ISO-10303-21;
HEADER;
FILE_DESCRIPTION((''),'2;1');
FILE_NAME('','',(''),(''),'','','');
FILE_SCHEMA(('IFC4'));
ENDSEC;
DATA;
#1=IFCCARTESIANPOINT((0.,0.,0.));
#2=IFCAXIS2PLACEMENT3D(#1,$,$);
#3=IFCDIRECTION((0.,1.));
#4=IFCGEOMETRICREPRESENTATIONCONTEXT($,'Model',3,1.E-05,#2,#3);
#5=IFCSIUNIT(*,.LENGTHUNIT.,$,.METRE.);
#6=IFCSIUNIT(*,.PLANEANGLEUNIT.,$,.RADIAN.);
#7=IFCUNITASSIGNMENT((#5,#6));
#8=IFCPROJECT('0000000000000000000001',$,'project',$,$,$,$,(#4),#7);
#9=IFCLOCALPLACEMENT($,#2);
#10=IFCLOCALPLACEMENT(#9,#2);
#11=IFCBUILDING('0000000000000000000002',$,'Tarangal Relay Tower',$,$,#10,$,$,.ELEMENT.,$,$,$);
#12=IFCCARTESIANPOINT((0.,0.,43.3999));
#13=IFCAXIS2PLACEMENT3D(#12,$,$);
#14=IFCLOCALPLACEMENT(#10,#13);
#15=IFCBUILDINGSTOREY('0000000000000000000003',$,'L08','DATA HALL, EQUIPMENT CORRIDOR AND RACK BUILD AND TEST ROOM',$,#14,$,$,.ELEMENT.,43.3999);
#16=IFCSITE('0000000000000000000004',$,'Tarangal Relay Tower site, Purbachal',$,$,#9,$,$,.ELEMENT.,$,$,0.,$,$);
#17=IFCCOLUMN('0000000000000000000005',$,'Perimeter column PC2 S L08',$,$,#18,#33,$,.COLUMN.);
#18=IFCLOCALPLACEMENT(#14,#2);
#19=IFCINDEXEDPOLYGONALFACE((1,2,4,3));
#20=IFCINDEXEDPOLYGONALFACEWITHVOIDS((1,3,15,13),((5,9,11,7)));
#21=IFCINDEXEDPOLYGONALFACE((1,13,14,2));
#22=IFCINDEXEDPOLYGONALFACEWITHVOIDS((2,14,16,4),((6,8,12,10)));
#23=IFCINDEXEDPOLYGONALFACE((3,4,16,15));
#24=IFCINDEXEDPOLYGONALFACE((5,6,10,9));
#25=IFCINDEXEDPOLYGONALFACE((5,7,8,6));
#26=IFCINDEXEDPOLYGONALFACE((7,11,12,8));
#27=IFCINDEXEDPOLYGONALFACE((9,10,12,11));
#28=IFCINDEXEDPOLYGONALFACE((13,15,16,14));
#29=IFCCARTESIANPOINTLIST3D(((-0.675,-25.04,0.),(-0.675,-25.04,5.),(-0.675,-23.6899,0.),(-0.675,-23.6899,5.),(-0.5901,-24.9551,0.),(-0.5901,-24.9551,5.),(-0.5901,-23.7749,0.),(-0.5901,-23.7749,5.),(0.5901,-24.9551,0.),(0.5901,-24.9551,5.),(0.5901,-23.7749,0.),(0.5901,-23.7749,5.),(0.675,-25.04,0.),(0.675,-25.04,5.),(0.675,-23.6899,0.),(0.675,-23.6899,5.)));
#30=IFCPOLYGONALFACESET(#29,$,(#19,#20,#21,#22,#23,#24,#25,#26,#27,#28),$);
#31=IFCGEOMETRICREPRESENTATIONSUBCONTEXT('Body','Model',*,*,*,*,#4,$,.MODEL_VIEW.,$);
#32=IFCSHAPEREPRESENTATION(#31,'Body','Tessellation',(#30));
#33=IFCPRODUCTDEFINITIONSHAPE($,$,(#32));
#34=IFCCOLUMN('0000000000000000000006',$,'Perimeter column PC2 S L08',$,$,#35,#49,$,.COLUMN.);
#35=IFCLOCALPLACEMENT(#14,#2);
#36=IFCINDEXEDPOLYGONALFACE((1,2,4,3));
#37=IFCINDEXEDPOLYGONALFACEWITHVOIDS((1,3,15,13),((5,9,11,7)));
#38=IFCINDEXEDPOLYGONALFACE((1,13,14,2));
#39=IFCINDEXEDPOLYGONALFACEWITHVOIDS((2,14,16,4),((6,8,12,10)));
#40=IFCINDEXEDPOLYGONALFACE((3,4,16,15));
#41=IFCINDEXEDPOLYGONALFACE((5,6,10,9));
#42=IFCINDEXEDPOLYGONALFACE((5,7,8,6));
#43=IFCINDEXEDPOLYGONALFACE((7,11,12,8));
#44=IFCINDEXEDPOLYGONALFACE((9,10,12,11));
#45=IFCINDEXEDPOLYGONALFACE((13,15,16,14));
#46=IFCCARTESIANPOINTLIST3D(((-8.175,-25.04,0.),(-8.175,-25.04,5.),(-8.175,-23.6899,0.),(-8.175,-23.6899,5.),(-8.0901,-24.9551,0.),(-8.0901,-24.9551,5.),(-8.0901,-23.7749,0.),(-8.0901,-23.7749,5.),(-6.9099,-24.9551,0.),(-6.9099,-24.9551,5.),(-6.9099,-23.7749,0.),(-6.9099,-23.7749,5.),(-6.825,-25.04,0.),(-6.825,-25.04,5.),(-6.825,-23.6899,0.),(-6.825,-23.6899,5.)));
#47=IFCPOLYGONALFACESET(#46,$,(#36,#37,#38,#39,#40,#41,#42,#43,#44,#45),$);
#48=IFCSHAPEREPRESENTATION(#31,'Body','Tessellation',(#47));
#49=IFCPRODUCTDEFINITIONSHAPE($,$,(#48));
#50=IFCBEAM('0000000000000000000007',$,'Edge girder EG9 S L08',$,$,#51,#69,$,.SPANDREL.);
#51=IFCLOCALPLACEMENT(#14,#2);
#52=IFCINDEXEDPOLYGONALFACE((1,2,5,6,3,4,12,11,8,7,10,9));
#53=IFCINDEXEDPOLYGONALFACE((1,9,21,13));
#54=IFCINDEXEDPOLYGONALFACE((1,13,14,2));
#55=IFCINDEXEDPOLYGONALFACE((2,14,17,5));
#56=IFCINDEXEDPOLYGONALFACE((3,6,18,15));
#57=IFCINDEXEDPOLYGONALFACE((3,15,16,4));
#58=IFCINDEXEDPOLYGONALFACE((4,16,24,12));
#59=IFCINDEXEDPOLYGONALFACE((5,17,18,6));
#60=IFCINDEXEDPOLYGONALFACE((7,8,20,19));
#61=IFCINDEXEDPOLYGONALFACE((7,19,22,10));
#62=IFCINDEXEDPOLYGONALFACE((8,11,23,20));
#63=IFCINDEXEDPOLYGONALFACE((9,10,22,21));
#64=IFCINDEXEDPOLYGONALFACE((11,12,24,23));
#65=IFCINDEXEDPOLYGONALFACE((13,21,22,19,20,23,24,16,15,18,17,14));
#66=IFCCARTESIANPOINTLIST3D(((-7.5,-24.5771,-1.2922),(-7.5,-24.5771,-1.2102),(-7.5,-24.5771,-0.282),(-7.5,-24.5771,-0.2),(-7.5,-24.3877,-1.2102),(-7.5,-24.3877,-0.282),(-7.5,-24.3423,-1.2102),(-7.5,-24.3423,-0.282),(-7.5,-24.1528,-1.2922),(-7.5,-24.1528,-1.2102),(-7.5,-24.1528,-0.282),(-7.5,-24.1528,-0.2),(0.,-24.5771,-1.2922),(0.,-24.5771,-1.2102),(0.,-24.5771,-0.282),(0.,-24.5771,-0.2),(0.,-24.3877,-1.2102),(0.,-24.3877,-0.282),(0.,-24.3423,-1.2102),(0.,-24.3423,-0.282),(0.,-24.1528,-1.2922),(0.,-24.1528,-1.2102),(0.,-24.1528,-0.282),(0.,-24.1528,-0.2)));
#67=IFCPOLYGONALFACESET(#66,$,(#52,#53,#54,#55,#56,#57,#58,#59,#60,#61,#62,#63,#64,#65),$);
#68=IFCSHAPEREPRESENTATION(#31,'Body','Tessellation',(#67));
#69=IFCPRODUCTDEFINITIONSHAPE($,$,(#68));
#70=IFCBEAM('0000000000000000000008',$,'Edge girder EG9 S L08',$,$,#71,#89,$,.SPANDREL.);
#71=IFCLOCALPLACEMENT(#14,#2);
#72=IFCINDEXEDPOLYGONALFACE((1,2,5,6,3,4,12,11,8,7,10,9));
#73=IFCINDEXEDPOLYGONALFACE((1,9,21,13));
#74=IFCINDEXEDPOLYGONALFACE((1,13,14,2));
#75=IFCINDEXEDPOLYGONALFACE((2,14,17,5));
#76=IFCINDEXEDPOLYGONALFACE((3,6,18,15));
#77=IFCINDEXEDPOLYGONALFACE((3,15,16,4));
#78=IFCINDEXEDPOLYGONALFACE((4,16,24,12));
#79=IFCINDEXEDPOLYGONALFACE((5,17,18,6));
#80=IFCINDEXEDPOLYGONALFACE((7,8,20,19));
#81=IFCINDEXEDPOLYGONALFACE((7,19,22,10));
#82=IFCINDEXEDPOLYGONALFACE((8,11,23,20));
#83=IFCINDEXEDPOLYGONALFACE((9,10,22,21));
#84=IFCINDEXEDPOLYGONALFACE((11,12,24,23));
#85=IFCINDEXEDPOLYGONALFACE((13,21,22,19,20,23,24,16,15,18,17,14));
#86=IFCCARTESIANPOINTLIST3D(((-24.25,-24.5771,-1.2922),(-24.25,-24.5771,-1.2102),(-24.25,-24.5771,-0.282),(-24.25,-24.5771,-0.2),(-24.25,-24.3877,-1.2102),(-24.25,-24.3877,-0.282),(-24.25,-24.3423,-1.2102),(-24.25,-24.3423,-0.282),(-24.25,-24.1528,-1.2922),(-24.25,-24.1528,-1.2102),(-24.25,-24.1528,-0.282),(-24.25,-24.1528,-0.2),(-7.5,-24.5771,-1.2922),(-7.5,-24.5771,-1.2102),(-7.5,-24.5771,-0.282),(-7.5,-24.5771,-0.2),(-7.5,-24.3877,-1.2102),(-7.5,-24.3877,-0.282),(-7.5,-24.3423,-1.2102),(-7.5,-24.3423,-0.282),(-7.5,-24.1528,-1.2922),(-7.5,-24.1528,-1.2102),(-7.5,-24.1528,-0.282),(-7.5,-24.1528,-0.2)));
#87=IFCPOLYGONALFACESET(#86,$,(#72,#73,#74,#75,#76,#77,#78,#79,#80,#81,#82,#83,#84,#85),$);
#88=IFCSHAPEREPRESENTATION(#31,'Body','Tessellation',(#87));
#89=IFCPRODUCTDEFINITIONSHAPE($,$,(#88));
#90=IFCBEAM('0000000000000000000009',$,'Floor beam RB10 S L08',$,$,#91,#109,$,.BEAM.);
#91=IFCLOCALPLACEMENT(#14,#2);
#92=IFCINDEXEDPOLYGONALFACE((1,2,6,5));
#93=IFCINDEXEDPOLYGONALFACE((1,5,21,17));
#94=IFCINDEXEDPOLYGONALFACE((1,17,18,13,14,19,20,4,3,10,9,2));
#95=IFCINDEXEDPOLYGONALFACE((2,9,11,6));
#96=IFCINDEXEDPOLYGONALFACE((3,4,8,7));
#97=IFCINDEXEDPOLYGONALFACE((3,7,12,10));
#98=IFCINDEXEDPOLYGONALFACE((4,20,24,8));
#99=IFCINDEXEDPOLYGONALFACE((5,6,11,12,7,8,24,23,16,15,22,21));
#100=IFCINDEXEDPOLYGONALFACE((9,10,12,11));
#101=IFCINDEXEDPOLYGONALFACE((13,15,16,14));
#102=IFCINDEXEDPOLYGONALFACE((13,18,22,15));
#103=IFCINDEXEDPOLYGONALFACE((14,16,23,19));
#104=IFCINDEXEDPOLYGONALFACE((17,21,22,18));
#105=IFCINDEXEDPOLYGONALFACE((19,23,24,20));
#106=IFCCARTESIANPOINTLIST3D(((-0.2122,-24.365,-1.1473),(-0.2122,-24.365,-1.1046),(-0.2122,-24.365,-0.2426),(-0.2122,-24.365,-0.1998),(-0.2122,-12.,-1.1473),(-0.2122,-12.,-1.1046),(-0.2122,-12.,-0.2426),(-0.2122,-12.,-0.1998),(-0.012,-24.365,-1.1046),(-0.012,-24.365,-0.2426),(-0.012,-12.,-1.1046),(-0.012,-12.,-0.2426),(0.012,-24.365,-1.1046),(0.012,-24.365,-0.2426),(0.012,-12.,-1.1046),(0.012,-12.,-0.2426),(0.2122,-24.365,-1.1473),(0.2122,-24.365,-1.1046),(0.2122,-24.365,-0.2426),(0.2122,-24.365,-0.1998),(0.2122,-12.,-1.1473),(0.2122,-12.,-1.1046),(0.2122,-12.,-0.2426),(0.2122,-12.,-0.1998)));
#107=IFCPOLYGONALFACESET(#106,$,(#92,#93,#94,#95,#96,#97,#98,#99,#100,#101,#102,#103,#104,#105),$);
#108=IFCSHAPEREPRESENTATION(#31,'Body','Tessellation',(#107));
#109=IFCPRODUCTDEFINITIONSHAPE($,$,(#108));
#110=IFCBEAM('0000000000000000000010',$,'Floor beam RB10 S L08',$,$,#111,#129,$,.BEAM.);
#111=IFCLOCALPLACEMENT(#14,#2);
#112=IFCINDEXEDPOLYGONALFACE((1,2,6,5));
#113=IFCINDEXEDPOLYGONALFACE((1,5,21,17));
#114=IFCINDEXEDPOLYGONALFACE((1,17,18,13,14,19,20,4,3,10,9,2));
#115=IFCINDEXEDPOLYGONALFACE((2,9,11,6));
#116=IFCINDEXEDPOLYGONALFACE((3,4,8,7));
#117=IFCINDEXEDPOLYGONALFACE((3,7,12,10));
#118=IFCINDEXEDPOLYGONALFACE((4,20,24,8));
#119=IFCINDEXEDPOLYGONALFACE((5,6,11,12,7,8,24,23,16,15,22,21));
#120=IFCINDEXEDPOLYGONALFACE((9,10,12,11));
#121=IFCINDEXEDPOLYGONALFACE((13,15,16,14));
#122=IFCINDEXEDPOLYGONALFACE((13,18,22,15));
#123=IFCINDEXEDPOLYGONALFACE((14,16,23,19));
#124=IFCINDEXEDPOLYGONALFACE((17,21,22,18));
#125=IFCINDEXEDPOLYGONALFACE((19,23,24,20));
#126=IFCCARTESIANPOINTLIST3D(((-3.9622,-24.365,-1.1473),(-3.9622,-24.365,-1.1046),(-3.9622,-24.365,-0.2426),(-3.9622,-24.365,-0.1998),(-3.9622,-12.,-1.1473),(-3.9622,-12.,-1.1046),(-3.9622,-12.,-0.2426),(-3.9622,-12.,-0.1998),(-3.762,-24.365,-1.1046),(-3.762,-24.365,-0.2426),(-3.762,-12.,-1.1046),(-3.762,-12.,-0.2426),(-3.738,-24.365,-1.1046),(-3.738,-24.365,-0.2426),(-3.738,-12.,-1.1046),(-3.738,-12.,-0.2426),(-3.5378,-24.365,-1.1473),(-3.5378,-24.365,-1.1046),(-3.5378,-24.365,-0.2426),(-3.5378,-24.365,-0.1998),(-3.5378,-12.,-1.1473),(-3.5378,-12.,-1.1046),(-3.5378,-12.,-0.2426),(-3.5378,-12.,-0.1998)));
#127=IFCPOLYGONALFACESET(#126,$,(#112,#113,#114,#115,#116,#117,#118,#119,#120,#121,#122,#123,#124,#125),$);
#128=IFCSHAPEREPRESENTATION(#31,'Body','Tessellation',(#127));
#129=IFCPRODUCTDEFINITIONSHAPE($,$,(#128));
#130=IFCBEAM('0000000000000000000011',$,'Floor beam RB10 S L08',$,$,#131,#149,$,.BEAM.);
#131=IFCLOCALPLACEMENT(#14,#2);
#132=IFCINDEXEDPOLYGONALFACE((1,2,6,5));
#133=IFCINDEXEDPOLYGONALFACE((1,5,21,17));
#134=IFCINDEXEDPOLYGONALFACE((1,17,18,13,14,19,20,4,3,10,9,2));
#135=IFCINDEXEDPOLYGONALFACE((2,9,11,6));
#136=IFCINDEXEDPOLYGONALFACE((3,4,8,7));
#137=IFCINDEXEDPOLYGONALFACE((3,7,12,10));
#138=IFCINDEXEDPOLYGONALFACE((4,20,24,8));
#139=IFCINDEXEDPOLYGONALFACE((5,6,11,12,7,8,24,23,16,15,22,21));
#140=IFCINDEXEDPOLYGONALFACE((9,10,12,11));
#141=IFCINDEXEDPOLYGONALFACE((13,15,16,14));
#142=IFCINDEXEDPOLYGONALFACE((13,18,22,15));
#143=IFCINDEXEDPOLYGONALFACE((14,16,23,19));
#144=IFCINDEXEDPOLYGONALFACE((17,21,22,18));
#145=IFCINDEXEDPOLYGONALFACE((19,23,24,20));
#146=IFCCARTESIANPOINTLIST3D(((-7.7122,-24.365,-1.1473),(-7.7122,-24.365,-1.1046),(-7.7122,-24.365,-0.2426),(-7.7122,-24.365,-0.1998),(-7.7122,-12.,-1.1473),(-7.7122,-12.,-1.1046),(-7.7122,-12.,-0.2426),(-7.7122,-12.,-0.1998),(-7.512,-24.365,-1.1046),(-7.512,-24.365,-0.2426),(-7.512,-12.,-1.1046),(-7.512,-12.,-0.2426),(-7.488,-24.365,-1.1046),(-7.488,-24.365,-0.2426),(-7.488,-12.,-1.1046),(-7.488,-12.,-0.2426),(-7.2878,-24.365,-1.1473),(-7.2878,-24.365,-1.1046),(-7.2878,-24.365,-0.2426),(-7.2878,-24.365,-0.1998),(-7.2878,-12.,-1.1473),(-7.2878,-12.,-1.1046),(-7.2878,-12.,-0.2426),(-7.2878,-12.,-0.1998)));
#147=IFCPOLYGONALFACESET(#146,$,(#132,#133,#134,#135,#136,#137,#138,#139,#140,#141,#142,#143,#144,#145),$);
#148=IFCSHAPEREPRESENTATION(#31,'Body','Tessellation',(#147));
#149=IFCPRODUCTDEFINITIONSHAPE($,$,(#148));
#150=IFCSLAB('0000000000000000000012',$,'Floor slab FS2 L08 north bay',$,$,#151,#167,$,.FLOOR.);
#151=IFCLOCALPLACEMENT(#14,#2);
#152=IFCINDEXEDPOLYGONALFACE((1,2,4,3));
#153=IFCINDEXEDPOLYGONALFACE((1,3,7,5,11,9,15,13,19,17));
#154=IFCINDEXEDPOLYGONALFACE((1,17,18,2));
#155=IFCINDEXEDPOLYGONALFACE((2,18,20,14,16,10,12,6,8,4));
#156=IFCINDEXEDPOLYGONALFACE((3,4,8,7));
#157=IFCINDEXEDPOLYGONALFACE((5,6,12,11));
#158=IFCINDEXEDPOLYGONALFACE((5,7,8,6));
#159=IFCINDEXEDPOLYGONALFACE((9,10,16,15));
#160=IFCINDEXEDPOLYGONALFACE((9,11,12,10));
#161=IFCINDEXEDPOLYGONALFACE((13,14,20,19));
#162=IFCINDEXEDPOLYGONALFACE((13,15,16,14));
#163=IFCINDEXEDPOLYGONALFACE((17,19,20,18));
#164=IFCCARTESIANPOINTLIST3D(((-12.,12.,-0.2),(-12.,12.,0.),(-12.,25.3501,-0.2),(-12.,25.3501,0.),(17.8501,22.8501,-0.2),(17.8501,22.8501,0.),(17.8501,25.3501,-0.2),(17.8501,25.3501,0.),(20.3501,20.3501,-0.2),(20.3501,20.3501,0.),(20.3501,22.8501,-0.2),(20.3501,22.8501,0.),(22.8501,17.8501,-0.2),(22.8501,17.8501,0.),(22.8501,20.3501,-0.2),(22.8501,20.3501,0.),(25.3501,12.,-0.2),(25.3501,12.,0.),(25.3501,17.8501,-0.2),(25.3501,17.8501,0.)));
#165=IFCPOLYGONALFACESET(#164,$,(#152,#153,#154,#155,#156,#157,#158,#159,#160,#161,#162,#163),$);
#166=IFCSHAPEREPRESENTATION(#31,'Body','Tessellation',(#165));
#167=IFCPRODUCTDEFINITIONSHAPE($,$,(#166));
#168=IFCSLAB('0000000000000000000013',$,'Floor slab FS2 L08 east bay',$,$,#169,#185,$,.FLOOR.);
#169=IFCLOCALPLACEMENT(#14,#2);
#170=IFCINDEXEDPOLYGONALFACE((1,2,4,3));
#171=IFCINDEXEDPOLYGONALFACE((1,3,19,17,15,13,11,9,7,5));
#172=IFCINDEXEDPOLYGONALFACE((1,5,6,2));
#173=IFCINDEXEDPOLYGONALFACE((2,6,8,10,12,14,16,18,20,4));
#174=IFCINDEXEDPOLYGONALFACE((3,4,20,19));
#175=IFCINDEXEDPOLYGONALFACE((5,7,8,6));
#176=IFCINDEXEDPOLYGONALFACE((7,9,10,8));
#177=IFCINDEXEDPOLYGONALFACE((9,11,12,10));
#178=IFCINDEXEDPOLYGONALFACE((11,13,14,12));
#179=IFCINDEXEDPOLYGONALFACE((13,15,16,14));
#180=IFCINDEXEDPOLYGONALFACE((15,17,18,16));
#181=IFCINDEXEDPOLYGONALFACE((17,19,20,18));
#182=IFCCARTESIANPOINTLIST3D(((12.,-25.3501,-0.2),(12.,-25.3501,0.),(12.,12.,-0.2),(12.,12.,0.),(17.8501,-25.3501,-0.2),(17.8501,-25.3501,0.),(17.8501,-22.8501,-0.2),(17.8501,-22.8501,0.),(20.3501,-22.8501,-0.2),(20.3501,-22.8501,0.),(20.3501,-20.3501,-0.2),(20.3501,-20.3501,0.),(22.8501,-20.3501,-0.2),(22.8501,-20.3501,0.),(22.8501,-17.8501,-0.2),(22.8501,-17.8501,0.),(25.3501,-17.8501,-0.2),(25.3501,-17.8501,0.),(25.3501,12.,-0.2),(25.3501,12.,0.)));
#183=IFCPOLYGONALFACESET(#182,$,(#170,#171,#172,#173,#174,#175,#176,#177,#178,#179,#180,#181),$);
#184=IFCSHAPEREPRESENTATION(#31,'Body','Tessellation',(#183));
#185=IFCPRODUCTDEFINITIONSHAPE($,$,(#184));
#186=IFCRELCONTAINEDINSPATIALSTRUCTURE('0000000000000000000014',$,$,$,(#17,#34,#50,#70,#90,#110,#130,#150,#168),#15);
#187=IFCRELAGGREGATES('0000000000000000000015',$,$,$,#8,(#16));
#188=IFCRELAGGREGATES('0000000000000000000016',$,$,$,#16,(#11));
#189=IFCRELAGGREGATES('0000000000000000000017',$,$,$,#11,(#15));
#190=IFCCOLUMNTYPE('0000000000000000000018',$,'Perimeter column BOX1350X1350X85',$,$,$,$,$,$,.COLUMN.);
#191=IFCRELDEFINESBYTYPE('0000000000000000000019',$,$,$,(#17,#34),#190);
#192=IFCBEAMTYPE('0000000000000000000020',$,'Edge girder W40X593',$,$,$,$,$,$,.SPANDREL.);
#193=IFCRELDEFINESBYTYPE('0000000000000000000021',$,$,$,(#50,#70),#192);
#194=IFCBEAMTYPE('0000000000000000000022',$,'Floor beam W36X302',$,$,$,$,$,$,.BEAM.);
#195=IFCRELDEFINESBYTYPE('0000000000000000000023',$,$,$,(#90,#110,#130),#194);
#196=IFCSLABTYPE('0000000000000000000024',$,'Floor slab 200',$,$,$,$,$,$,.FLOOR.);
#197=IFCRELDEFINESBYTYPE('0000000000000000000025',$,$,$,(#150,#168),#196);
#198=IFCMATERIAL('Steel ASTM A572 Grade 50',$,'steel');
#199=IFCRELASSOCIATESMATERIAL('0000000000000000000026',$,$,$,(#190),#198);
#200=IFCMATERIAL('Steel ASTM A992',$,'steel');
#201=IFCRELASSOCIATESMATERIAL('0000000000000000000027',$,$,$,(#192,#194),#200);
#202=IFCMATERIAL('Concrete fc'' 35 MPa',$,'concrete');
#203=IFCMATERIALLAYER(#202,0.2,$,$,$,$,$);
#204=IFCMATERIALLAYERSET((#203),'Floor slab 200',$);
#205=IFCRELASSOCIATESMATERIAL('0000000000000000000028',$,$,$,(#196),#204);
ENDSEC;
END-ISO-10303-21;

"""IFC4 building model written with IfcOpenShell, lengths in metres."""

from ifc_helpers import new_model, si_unit, direction, frame, origin, origin_2d, place, context, subcontext, project, spatial, polyline, hollow_rectangle, i_section, outline, extrude, material, layer, layer_set, material_profile, profile_set, type_object, element, save


model = new_model("IFC4")

# Units and contexts
model_context = context("Model", 3, precision=1e-05, world=origin(), true_north=direction((0.0, 1.0)))
body_context = subcontext(model_context, "Body", "Model", "MODEL_VIEW")
ifc_project = project(units=[si_unit("LENGTHUNIT", "METRE"), si_unit("PLANEANGLEUNIT", "RADIAN")], contexts=[model_context])

# Site, building, storey
site_placement = place(None, origin())
site = spatial("IfcSite", under=ifc_project, at=site_placement, Name="Tarangal Relay Tower site, Purbachal", CompositionType="ELEMENT", RefElevation=0.0)
building_placement = place(site_placement, origin())
building = spatial("IfcBuilding", under=site, at=building_placement, Name="Tarangal Relay Tower", CompositionType="ELEMENT")
storey_placement = place(building_placement, frame((0.0, 0.0, 43.3999)))
storey = spatial("IfcBuildingStorey", under=building, at=storey_placement, Name="L08", Description="DATA HALL, EQUIPMENT CORRIDOR AND RACK BUILD AND TEST ROOM", CompositionType="ELEMENT", Elevation=43.3999)

# Columns
ifc_material_1 = material(Name="Steel ASTM A572 Grade 50", Category="steel")
ifc_material_profile_1 = material_profile(ifc_material_1, hollow_rectangle(XDim=1.3501, YDim=1.3501, WallThickness=0.085, at=origin_2d()), Name="BOX1350X1350X85")
ifc_profile_set_1 = profile_set([ifc_material_profile_1], Name="Steel ASTM A572 Grade 50")
column_type = type_object("IfcColumnType", Name="Perimeter column BOX1350X1350X85", PredefinedType="COLUMN", material=ifc_profile_set_1)
for number, where, z_axis, x_axis, name in (
    (1, (0.0, -24.365, 0.0), (0.0, 0.0, 1.0), (1.0, 0.0, 0.0), "Perimeter column PC2 S L08"),
    (2, (-7.5, -24.365, 0.0), (0.0, 0.0, 1.0), (1.0, 0.0, 0.0), "Perimeter column PC2 S L08"),
):
    element("IfcColumn", number, at=place(storey_placement, frame(where, z_axis=z_axis, x_axis=x_axis)), inside=storey, type_object=column_type, Name=name, PredefinedType="COLUMN", context=body_context, shape_type="SweptSolid", body=[
        extrude(hollow_rectangle(XDim=1.3501, YDim=1.3501, WallThickness=0.085, at=origin_2d()), origin(), (0.0, 0.0, 1.0), 5.0),
    ])

# Beams
ifc_material_2 = material(Name="Steel ASTM A992", Category="steel")
ifc_material_profile_2 = material_profile(ifc_material_2, i_section(OverallWidth=0.4243, OverallDepth=1.0923, WebThickness=0.0454, FlangeThickness=0.082, at=origin_2d()), Name="W40X593")
ifc_profile_set_2 = profile_set([ifc_material_profile_2], Name="Steel ASTM A992")
beam_type_1 = type_object("IfcBeamType", Name="Edge girder W40X593", PredefinedType="SPANDREL", material=ifc_profile_set_2)
beam_1_placement = place(storey_placement, frame((0.0, -24.365, -0.7461), z_axis=(-1.0, 0.0, 0.0), x_axis=(0.0, -1.0, 0.0)))
element("IfcBeam", 3, at=beam_1_placement, inside=storey, type_object=beam_type_1, Name="Edge girder EG9 S L08", PredefinedType="SPANDREL", context=body_context, shape_type="SweptSolid", body=[
    extrude(i_section(OverallWidth=0.4243, OverallDepth=1.0923, WebThickness=0.0454, FlangeThickness=0.082, at=origin_2d()), origin(), (0.0, 0.0, 1.0), 7.5),
])
beam_2_placement = place(storey_placement, frame((-7.5, -24.365, -0.7461), z_axis=(-1.0, 0.0, 0.0), x_axis=(0.0, -1.0, 0.0)))
element("IfcBeam", 4, at=beam_2_placement, inside=storey, type_object=beam_type_1, Name="Edge girder EG9 S L08", PredefinedType="SPANDREL", context=body_context, shape_type="SweptSolid", body=[
    extrude(i_section(OverallWidth=0.4243, OverallDepth=1.0923, WebThickness=0.0454, FlangeThickness=0.082, at=origin_2d()), origin(), (0.0, 0.0, 1.0), 16.75),
])
ifc_material_profile_3 = material_profile(ifc_material_2, i_section(OverallWidth=0.4243, OverallDepth=0.9475, WebThickness=0.0239, FlangeThickness=0.0427, at=origin_2d()), Name="W36X302")
ifc_profile_set_3 = profile_set([ifc_material_profile_3], Name="Steel ASTM A992")
beam_type_2 = type_object("IfcBeamType", Name="Floor beam W36X302", PredefinedType="BEAM", material=ifc_profile_set_3)
for number, where, z_axis, x_axis, name in (
    (5, (0.0, -12.0, -0.6736), (0.0, -1.0, 0.0), (1.0, 0.0, 0.0), "Floor beam RB10 S L08"),
    (6, (-3.75, -12.0, -0.6736), (0.0, -1.0, 0.0), (1.0, 0.0, 0.0), "Floor beam RB10 S L08"),
    (7, (-7.5, -12.0, -0.6736), (0.0, -1.0, 0.0), (1.0, 0.0, 0.0), "Floor beam RB10 S L08"),
):
    element("IfcBeam", number, at=place(storey_placement, frame(where, z_axis=z_axis, x_axis=x_axis)), inside=storey, type_object=beam_type_2, Name=name, PredefinedType="BEAM", context=body_context, shape_type="SweptSolid", body=[
        extrude(i_section(OverallWidth=0.4243, OverallDepth=0.9475, WebThickness=0.0239, FlangeThickness=0.0427, at=origin_2d()), origin(), (0.0, 0.0, 1.0), 12.365),
    ])

# Slabs
ifc_material_3 = material(Name="Concrete fc' 35 MPa", Category="concrete")
ifc_layer_1 = layer(ifc_material_3, 0.2)
ifc_layer_set_1 = layer_set([ifc_layer_1], Name="Floor slab 200")
slab_type_1 = type_object("IfcSlabType", Name="Floor slab 200", PredefinedType="FLOOR", material=ifc_layer_set_1)
slab_1_placement = place(storey_placement, frame((0.0, 0.0, -0.2)))
element("IfcSlab", 8, at=slab_1_placement, inside=storey, type_object=slab_type_1, Name="Floor slab FS2 L08 north bay", PredefinedType="FLOOR", context=body_context, shape_type="SweptSolid", body=[
    extrude(outline(polyline([(17.8501, 25.3501), (17.8501, 22.8501), (20.3501, 22.8501), (20.3501, 20.3501), (22.8501, 20.3501), (22.8501, 17.8501), (25.3501, 17.8501), (25.3501, 12.0), (-12.0, 12.0), (-12.0, 25.3501), (17.8501, 25.3501)])), origin(), (0.0, 0.0, 1.0), 0.2),
])
slab_2_placement = place(storey_placement, frame((0.0, 0.0, -0.2)))
element("IfcSlab", 9, at=slab_2_placement, inside=storey, type_object=slab_type_1, Name="Floor slab FS2 L08 east bay", PredefinedType="FLOOR", context=body_context, shape_type="SweptSolid", body=[
    extrude(outline(polyline([(25.3501, -17.8501), (22.8501, -17.8501), (22.8501, -20.3501), (20.3501, -20.3501), (20.3501, -22.8501), (17.8501, -22.8501), (17.8501, -25.3501), (12.0, -25.3501), (12.0, 12.0), (25.3501, 12.0), (25.3501, -17.8501)])), origin(), (0.0, 0.0, 1.0), 0.2),
])

save(model, "model.ifc")
